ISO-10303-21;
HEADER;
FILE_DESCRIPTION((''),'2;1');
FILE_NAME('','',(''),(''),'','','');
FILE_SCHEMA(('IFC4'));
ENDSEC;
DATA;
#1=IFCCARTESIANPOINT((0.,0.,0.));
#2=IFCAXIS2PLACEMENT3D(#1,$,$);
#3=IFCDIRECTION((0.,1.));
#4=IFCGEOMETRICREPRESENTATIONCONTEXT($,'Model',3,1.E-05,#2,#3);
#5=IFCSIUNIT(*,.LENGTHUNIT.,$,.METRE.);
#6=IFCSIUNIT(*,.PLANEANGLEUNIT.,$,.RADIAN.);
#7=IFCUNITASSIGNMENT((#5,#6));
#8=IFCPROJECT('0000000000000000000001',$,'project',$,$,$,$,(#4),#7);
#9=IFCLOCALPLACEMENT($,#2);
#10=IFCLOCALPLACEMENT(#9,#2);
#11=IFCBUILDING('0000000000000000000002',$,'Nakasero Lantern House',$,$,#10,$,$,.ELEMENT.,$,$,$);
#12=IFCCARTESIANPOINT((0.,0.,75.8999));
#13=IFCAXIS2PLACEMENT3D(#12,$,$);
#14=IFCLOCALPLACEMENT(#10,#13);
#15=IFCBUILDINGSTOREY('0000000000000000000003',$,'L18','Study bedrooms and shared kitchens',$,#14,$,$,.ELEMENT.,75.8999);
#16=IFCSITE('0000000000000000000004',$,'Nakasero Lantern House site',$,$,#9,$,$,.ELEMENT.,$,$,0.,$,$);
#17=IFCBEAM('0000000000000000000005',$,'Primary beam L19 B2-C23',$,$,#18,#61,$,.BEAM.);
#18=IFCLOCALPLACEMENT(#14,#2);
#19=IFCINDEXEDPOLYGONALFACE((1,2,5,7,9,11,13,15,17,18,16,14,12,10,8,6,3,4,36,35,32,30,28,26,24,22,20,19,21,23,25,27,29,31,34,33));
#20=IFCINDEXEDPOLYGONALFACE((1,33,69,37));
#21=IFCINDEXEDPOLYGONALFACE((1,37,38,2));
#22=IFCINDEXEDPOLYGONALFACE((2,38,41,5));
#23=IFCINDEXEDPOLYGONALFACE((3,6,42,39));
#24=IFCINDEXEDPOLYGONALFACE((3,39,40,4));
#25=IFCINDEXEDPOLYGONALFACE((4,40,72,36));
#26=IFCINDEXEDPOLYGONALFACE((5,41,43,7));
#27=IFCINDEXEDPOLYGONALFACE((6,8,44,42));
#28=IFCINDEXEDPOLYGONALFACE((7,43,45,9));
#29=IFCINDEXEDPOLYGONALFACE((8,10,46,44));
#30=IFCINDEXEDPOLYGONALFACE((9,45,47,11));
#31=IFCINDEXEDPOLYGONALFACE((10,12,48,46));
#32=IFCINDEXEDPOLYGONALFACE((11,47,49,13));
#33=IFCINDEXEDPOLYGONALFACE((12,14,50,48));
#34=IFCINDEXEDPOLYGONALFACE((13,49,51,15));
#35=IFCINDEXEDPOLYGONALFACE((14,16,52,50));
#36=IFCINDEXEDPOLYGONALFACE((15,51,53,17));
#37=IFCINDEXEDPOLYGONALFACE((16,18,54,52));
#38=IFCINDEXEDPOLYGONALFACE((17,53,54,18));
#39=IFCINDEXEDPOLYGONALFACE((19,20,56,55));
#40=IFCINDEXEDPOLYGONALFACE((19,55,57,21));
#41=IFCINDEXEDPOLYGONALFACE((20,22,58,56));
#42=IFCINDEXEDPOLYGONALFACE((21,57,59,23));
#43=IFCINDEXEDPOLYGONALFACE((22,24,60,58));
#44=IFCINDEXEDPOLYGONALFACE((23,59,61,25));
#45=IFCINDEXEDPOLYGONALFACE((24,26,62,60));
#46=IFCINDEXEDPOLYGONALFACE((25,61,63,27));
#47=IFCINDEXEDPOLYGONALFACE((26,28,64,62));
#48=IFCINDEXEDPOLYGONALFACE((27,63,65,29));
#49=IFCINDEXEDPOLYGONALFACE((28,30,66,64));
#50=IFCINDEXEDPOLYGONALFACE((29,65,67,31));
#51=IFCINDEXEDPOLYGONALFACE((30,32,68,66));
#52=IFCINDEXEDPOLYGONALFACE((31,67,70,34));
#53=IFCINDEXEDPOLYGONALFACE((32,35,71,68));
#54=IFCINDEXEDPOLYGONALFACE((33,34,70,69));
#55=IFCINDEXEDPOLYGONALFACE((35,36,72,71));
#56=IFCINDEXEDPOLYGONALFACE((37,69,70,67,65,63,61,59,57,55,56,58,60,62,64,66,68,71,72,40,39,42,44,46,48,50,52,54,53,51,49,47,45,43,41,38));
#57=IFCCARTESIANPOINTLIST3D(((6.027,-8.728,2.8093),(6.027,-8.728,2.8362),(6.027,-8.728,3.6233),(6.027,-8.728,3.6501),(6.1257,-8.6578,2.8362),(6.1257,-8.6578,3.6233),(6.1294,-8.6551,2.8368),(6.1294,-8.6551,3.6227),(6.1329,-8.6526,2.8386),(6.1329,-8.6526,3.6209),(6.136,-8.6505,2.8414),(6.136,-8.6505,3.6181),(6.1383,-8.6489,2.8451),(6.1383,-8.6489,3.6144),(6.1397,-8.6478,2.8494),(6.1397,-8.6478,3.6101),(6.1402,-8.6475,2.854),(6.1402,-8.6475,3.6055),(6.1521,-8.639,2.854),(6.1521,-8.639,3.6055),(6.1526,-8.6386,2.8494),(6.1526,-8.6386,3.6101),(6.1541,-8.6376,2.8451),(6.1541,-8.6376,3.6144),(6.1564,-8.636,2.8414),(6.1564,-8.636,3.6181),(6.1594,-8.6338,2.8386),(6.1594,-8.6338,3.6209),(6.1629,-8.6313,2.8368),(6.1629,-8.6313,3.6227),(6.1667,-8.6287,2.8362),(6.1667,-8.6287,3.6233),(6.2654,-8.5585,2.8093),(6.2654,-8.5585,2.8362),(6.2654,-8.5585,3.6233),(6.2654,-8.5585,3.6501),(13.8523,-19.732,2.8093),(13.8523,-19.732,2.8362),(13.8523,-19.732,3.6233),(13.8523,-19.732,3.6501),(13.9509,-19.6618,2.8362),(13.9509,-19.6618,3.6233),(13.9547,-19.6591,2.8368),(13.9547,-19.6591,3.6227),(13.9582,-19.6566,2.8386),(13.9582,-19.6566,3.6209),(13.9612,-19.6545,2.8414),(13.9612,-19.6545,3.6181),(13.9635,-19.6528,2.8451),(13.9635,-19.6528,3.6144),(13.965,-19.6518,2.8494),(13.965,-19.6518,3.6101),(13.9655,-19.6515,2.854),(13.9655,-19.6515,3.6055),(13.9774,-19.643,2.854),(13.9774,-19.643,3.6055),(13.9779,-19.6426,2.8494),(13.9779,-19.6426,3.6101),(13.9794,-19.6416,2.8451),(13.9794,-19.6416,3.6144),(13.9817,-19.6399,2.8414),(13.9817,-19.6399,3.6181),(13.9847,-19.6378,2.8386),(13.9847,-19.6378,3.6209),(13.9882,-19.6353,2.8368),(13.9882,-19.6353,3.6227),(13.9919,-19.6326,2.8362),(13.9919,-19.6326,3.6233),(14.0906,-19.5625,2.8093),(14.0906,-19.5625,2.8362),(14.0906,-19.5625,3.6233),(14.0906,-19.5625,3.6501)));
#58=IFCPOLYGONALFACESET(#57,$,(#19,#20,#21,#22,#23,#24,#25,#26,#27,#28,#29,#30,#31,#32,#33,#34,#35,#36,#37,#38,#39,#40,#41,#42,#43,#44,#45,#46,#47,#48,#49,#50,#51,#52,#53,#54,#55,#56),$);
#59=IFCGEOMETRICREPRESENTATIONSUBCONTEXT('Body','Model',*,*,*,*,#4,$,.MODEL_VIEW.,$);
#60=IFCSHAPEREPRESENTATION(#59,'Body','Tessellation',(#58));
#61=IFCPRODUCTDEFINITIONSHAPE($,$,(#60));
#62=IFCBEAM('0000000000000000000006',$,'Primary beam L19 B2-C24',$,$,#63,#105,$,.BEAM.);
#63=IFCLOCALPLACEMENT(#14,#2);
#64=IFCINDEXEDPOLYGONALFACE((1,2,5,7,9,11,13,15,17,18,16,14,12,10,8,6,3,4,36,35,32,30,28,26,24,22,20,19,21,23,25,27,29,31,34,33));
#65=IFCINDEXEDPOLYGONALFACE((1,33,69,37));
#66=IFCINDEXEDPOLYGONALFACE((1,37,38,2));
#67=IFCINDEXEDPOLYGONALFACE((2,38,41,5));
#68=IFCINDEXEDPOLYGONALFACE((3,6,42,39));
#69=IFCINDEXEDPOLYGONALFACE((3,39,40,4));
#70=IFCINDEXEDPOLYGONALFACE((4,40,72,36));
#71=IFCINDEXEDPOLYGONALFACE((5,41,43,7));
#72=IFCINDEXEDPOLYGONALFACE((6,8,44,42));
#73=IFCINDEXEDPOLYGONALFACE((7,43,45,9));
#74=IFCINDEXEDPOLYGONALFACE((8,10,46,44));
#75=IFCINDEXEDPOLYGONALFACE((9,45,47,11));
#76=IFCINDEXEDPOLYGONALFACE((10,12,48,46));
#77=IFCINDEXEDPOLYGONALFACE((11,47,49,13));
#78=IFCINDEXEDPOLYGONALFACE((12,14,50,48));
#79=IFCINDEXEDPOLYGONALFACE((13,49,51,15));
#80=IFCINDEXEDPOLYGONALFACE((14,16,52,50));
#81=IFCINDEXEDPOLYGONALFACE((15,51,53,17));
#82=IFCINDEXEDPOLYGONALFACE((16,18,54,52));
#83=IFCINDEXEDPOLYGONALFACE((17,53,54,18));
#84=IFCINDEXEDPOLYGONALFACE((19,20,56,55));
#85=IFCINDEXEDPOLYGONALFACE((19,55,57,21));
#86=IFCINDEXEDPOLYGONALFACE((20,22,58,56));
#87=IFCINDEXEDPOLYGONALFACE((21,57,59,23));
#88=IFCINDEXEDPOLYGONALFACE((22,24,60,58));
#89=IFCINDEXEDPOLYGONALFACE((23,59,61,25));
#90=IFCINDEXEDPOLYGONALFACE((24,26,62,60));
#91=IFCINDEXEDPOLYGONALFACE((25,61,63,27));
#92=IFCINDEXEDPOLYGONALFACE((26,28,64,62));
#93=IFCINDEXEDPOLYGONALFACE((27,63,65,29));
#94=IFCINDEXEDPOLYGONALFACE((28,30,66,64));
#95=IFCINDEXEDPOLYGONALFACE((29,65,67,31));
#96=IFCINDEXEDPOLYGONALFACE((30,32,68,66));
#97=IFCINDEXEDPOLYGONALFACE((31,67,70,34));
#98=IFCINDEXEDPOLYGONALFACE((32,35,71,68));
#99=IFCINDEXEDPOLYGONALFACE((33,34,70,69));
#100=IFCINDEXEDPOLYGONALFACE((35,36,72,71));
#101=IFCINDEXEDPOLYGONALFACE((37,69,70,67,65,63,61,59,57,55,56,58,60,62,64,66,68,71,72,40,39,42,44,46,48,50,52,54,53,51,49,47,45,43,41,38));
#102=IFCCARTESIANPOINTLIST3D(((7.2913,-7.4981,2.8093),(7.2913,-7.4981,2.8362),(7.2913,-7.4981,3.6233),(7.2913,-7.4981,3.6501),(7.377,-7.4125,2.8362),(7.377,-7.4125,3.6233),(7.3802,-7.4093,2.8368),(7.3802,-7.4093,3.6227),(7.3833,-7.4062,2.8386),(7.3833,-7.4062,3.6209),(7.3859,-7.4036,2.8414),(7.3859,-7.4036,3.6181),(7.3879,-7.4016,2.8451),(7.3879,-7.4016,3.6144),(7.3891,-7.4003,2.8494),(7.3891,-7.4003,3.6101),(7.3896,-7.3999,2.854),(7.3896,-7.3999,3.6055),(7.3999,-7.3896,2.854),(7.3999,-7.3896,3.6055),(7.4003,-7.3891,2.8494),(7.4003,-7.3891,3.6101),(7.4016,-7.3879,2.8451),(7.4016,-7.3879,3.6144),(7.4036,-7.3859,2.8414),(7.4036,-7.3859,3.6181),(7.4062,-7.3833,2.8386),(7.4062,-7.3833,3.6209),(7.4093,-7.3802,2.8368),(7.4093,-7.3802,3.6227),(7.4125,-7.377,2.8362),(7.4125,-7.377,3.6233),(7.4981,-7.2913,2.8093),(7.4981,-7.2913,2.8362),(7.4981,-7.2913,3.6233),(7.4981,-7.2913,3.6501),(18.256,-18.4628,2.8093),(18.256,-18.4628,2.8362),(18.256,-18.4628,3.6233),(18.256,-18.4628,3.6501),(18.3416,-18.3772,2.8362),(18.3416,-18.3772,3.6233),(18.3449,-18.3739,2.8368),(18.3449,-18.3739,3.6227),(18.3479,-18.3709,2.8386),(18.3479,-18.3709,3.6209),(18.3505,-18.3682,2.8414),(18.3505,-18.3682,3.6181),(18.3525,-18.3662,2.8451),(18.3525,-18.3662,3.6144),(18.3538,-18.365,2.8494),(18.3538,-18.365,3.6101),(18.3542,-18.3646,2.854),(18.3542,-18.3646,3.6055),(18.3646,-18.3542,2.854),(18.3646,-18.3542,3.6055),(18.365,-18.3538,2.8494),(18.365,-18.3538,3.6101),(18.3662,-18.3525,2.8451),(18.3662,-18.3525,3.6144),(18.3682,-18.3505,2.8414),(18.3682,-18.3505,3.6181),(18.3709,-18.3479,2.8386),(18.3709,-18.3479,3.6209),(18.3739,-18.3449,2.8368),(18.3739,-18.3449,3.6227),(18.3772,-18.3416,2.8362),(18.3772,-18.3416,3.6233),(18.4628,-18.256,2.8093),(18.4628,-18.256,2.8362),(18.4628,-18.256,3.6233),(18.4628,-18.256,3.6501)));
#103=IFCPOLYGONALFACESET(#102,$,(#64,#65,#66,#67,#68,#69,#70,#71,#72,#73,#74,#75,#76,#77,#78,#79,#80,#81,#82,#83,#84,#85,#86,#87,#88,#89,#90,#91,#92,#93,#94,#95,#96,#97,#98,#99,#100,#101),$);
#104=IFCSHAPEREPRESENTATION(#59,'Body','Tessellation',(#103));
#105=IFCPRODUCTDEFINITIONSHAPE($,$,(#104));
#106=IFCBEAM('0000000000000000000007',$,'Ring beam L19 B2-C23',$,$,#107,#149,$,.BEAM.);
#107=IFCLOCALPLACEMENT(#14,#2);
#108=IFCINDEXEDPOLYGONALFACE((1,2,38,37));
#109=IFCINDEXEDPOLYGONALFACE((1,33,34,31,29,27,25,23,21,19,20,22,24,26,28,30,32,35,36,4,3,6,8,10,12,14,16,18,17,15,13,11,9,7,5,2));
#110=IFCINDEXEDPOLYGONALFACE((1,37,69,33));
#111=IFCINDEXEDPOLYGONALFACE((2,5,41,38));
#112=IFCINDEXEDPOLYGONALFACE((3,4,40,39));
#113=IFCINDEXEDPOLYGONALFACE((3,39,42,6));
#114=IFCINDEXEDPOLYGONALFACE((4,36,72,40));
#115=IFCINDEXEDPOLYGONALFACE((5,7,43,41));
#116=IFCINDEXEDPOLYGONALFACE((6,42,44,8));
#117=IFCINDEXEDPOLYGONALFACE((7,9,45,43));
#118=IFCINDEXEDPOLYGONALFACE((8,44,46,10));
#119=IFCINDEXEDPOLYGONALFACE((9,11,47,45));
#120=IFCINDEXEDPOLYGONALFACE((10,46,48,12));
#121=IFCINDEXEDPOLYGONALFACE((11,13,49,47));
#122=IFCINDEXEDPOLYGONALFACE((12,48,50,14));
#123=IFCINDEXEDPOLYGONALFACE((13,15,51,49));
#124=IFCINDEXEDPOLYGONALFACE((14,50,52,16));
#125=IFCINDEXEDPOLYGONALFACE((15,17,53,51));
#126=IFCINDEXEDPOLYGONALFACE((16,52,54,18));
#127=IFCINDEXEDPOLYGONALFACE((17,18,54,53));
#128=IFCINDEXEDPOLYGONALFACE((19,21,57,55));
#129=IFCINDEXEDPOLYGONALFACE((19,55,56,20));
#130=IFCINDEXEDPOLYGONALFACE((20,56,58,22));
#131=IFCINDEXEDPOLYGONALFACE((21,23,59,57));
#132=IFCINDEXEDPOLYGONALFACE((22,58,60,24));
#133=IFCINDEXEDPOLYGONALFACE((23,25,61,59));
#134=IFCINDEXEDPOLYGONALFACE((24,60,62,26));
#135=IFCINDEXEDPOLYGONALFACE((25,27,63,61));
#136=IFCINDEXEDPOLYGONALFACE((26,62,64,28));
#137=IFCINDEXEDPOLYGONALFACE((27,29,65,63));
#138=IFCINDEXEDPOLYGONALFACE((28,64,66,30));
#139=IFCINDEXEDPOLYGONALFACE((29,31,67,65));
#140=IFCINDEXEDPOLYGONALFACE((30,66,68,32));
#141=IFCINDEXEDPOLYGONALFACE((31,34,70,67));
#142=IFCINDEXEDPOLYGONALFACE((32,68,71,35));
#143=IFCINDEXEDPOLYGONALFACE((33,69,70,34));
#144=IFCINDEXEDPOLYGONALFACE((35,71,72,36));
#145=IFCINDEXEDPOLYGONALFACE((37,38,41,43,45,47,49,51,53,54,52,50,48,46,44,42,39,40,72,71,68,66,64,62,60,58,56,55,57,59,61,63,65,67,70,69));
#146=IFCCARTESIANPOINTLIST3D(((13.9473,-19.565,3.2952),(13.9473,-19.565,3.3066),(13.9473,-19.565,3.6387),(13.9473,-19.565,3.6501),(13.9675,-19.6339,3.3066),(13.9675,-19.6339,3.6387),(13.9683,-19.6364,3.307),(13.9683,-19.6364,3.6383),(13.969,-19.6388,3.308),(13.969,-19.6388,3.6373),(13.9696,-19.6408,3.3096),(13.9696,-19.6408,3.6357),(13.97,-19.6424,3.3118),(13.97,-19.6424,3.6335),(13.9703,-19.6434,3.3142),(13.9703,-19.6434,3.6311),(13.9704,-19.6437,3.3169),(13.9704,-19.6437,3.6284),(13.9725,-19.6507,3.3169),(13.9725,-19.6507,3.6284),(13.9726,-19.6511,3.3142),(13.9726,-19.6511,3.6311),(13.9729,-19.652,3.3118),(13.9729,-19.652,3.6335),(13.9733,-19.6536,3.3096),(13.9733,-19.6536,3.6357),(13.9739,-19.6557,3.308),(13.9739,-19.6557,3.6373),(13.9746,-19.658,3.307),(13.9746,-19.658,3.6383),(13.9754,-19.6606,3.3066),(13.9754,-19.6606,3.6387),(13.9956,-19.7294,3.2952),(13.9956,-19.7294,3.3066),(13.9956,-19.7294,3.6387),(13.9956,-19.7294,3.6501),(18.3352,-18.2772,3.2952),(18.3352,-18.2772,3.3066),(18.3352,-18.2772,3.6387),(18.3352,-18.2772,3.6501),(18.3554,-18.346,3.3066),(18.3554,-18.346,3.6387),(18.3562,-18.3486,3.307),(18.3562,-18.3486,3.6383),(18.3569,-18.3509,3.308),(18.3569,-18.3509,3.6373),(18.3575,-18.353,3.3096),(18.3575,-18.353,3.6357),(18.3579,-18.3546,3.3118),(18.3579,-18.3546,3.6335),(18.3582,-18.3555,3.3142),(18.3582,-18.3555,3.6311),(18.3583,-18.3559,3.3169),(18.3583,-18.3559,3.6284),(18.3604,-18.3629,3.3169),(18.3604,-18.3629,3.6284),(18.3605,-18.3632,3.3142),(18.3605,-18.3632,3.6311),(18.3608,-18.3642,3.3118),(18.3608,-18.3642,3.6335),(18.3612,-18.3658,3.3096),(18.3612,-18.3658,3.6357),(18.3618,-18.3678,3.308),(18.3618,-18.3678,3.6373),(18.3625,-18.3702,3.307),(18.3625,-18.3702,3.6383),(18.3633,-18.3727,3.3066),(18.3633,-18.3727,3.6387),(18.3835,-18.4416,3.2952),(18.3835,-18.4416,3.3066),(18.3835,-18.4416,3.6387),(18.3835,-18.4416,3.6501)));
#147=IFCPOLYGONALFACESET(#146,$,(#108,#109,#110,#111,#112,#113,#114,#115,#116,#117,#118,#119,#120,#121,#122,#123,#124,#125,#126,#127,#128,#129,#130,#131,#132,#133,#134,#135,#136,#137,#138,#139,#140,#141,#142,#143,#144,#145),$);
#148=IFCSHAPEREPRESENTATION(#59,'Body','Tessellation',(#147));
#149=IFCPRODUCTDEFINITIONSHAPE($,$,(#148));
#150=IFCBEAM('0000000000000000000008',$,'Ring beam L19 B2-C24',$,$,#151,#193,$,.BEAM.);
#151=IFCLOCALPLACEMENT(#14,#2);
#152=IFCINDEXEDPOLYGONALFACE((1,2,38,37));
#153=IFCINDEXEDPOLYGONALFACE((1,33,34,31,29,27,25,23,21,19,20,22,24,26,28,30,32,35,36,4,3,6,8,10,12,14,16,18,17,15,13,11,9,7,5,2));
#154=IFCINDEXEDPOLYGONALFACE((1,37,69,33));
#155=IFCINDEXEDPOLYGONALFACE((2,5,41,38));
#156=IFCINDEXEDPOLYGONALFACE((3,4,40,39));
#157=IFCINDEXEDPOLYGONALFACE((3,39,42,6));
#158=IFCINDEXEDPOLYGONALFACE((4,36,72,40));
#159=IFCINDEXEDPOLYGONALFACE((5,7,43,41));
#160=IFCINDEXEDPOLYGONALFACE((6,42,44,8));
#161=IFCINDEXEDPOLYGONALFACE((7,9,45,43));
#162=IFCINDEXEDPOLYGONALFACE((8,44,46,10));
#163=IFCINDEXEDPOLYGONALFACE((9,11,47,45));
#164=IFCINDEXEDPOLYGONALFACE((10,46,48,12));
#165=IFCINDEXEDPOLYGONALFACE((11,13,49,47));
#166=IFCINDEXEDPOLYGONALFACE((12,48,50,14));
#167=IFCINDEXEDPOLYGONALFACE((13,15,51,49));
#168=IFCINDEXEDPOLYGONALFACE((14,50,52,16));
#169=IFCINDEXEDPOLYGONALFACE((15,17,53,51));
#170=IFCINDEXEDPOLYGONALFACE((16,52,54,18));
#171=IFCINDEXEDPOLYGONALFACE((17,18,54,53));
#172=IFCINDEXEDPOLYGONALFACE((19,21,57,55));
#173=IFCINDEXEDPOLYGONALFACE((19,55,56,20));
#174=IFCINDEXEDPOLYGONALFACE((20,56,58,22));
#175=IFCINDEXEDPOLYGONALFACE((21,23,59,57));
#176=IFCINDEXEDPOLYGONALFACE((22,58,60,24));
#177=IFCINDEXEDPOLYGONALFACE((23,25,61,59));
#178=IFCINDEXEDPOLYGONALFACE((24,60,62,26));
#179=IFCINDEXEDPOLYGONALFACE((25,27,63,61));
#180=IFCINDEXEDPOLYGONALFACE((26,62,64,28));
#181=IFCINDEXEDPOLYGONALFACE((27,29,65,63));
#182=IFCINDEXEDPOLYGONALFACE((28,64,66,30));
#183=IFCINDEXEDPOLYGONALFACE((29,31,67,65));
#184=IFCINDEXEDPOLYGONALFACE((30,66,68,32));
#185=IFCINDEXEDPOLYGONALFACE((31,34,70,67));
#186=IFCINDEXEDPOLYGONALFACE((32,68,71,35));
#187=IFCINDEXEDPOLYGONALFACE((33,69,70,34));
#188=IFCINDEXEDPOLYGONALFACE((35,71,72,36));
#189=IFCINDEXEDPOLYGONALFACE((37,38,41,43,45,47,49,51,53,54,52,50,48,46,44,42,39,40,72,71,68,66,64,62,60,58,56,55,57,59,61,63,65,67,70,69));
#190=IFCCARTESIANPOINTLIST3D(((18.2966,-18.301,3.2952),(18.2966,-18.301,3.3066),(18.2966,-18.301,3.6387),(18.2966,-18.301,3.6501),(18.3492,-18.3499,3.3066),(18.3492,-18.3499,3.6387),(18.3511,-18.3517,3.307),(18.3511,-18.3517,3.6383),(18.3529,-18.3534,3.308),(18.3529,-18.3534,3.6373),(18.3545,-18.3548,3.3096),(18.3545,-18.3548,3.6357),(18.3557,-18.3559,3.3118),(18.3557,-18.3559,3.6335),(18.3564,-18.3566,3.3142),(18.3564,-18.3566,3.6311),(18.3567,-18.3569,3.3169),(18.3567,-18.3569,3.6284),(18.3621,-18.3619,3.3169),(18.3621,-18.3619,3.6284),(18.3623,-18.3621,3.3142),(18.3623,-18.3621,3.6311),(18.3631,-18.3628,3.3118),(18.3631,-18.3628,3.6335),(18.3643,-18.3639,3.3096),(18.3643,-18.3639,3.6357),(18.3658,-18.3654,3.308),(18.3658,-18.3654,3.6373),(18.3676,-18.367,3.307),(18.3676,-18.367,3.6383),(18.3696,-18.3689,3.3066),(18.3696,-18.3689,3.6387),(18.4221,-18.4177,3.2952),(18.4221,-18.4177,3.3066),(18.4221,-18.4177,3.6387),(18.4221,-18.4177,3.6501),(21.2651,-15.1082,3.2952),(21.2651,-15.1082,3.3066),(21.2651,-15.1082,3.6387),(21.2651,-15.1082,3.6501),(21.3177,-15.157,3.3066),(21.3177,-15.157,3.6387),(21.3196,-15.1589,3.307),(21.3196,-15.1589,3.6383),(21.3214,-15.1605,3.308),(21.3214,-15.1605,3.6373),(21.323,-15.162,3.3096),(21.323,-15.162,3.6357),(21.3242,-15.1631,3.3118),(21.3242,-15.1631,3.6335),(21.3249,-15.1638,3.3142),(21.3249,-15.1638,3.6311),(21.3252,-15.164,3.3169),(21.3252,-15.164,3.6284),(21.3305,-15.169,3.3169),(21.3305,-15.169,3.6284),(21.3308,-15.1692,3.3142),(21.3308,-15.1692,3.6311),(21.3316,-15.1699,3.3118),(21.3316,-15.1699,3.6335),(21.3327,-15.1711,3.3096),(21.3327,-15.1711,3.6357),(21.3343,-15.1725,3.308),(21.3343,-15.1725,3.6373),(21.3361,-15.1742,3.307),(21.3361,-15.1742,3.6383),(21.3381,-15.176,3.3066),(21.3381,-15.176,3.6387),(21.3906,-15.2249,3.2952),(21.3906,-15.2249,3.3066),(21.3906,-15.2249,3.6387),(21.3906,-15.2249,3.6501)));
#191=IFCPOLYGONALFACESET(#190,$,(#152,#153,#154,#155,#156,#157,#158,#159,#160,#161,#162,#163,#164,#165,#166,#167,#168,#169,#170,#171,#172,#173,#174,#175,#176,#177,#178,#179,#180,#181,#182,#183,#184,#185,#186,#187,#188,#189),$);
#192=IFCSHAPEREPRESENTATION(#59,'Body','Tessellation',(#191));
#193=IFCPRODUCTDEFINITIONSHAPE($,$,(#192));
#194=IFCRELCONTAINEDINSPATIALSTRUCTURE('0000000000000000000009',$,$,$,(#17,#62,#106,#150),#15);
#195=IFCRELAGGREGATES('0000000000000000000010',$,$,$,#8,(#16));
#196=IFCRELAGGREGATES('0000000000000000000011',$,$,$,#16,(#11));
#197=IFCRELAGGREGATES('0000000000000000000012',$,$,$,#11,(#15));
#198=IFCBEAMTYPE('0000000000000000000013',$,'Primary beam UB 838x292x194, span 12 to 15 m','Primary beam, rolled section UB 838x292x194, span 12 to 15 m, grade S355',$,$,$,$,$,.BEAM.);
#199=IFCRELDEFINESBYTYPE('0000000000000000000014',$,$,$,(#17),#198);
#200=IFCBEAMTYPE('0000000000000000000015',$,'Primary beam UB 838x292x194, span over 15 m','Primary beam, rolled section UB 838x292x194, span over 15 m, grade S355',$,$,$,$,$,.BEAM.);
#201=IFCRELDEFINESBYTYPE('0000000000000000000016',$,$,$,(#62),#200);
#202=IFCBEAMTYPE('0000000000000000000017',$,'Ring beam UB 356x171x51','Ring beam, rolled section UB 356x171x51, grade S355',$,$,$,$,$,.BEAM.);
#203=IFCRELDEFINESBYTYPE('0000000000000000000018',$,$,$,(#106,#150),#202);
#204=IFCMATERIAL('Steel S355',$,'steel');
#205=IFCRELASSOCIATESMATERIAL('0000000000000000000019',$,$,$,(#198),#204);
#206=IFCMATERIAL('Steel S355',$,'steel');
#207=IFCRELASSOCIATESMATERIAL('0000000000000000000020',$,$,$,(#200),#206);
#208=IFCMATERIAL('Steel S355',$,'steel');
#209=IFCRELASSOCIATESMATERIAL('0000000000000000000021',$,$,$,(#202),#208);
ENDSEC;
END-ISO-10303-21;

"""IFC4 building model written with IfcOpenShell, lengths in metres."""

from ifc_helpers import new_model, si_unit, direction, frame, origin, origin_2d, place, context, subcontext, project, spatial, i_section, extrude, material, material_profile, profile_set, type_object, element, save


model = new_model("IFC4")

# Units and contexts
model_context = context("Model", 3, precision=1e-05, world=origin(), true_north=direction((0.0, 1.0)))
body_context = subcontext(model_context, "Body", "Model", "MODEL_VIEW")
ifc_project = project(units=[si_unit("LENGTHUNIT", "METRE"), si_unit("PLANEANGLEUNIT", "RADIAN")], contexts=[model_context])

# Site, building, storey
site_placement = place(None, origin())
site = spatial("IfcSite", under=ifc_project, at=site_placement, Name="Nakasero Lantern House site", CompositionType="ELEMENT", RefElevation=0.0)
building_placement = place(site_placement, origin())
building = spatial("IfcBuilding", under=site, at=building_placement, Name="Nakasero Lantern House", CompositionType="ELEMENT")
storey_placement = place(building_placement, frame((0.0, 0.0, 75.8999)))
storey = spatial("IfcBuildingStorey", under=building, at=storey_placement, Name="L18", Description="Study bedrooms and shared kitchens", CompositionType="ELEMENT", Elevation=75.8999)

# Beams
ifc_material_1 = material(Name="Steel S355", Category="steel")
ifc_material_profile_1 = material_profile(ifc_material_1, i_section(OverallWidth=0.2925, OverallDepth=0.8408, WebThickness=0.0146, FlangeThickness=0.0269, FilletRadius=0.0178, at=origin_2d()), Name="UB 838x292x194")
ifc_profile_set_1 = profile_set([ifc_material_profile_1], Name="Steel S355")
beam_type_1 = type_object("IfcBeamType", Name="Primary beam UB 838x292x194, span 12 to 15 m", Description="Primary beam, rolled section UB 838x292x194, span 12 to 15 m, grade S355", PredefinedType="BEAM", material=ifc_profile_set_1)
beam_1_placement = place(storey_placement, frame((13.9714, -19.6472, 3.2297), z_axis=(-0.579533, 0.814948, 0.0), x_axis=(-0.814948, -0.579533, 0.0)))
element("IfcBeam", 1, at=beam_1_placement, inside=storey, type_object=beam_type_1, Name="Primary beam L19 B2-C23", PredefinedType="BEAM", context=body_context, shape_type="SweptSolid", body=[
    extrude(i_section(OverallWidth=0.2925, OverallDepth=0.8408, WebThickness=0.0146, FlangeThickness=0.0269, FilletRadius=0.0178, at=origin_2d()), origin(), (0.0, 0.0, 1.0), 13.5027),
])
ifc_material_2 = material(Name="Steel S355", Category="steel")
ifc_material_profile_2 = material_profile(ifc_material_2, i_section(OverallWidth=0.2925, OverallDepth=0.8408, WebThickness=0.0146, FlangeThickness=0.0269, FilletRadius=0.0178, at=origin_2d()), Name="UB 838x292x194")
ifc_profile_set_2 = profile_set([ifc_material_profile_2], Name="Steel S355")
beam_type_2 = type_object("IfcBeamType", Name="Primary beam UB 838x292x194, span over 15 m", Description="Primary beam, rolled section UB 838x292x194, span over 15 m, grade S355", PredefinedType="BEAM", material=ifc_profile_set_2)
beam_2_placement = place(storey_placement, frame((18.3594, -18.3594, 3.2297), z_axis=(-0.707107, 0.707107, 0.0), x_axis=(-0.707107, -0.707107, 0.0)))
element("IfcBeam", 2, at=beam_2_placement, inside=storey, type_object=beam_type_2, Name="Primary beam L19 B2-C24", PredefinedType="BEAM", context=body_context, shape_type="SweptSolid", body=[
    extrude(i_section(OverallWidth=0.2925, OverallDepth=0.8408, WebThickness=0.0146, FlangeThickness=0.0269, FilletRadius=0.0178, at=origin_2d()), origin(), (0.0, 0.0, 1.0), 15.5063),
])
ifc_material_3 = material(Name="Steel S355", Category="steel")
ifc_material_profile_3 = material_profile(ifc_material_3, i_section(OverallWidth=0.1714, OverallDepth=0.355, WebThickness=0.0073, FlangeThickness=0.0115, FilletRadius=0.0103, at=origin_2d()), Name="UB 356x171x51")
ifc_profile_set_3 = profile_set([ifc_material_profile_3], Name="Steel S355")
beam_type_3 = type_object("IfcBeamType", Name="Ring beam UB 356x171x51", Description="Ring beam, rolled section UB 356x171x51, grade S355", PredefinedType="BEAM", material=ifc_profile_set_3)
beam_3_placement = place(storey_placement, frame((13.9714, -19.6472, 3.4727), z_axis=(0.959527, 0.281617, 0.0), x_axis=(-0.281617, 0.959527, 0.0)))
element("IfcBeam", 3, at=beam_3_placement, inside=storey, type_object=beam_type_3, Name="Ring beam L19 B2-C23", PredefinedType="BEAM", context=body_context, shape_type="SweptSolid", body=[
    extrude(i_section(OverallWidth=0.1714, OverallDepth=0.355, WebThickness=0.0073, FlangeThickness=0.0115, FilletRadius=0.0103, at=origin_2d()), origin(), (0.0, 0.0, 1.0), 4.573),
])
beam_4_placement = place(storey_placement, frame((18.3594, -18.3594, 3.4727), z_axis=(0.680906, 0.732371, 0.0), x_axis=(-0.732371, 0.680906, 0.0)))
element("IfcBeam", 4, at=beam_4_placement, inside=storey, type_object=beam_type_3, Name="Ring beam L19 B2-C24", PredefinedType="BEAM", context=body_context, shape_type="SweptSolid", body=[
    extrude(i_section(OverallWidth=0.1714, OverallDepth=0.355, WebThickness=0.0073, FlangeThickness=0.0115, FilletRadius=0.0103, at=origin_2d()), origin(), (0.0, 0.0, 1.0), 4.3596),
])

save(model, "model.ifc")
